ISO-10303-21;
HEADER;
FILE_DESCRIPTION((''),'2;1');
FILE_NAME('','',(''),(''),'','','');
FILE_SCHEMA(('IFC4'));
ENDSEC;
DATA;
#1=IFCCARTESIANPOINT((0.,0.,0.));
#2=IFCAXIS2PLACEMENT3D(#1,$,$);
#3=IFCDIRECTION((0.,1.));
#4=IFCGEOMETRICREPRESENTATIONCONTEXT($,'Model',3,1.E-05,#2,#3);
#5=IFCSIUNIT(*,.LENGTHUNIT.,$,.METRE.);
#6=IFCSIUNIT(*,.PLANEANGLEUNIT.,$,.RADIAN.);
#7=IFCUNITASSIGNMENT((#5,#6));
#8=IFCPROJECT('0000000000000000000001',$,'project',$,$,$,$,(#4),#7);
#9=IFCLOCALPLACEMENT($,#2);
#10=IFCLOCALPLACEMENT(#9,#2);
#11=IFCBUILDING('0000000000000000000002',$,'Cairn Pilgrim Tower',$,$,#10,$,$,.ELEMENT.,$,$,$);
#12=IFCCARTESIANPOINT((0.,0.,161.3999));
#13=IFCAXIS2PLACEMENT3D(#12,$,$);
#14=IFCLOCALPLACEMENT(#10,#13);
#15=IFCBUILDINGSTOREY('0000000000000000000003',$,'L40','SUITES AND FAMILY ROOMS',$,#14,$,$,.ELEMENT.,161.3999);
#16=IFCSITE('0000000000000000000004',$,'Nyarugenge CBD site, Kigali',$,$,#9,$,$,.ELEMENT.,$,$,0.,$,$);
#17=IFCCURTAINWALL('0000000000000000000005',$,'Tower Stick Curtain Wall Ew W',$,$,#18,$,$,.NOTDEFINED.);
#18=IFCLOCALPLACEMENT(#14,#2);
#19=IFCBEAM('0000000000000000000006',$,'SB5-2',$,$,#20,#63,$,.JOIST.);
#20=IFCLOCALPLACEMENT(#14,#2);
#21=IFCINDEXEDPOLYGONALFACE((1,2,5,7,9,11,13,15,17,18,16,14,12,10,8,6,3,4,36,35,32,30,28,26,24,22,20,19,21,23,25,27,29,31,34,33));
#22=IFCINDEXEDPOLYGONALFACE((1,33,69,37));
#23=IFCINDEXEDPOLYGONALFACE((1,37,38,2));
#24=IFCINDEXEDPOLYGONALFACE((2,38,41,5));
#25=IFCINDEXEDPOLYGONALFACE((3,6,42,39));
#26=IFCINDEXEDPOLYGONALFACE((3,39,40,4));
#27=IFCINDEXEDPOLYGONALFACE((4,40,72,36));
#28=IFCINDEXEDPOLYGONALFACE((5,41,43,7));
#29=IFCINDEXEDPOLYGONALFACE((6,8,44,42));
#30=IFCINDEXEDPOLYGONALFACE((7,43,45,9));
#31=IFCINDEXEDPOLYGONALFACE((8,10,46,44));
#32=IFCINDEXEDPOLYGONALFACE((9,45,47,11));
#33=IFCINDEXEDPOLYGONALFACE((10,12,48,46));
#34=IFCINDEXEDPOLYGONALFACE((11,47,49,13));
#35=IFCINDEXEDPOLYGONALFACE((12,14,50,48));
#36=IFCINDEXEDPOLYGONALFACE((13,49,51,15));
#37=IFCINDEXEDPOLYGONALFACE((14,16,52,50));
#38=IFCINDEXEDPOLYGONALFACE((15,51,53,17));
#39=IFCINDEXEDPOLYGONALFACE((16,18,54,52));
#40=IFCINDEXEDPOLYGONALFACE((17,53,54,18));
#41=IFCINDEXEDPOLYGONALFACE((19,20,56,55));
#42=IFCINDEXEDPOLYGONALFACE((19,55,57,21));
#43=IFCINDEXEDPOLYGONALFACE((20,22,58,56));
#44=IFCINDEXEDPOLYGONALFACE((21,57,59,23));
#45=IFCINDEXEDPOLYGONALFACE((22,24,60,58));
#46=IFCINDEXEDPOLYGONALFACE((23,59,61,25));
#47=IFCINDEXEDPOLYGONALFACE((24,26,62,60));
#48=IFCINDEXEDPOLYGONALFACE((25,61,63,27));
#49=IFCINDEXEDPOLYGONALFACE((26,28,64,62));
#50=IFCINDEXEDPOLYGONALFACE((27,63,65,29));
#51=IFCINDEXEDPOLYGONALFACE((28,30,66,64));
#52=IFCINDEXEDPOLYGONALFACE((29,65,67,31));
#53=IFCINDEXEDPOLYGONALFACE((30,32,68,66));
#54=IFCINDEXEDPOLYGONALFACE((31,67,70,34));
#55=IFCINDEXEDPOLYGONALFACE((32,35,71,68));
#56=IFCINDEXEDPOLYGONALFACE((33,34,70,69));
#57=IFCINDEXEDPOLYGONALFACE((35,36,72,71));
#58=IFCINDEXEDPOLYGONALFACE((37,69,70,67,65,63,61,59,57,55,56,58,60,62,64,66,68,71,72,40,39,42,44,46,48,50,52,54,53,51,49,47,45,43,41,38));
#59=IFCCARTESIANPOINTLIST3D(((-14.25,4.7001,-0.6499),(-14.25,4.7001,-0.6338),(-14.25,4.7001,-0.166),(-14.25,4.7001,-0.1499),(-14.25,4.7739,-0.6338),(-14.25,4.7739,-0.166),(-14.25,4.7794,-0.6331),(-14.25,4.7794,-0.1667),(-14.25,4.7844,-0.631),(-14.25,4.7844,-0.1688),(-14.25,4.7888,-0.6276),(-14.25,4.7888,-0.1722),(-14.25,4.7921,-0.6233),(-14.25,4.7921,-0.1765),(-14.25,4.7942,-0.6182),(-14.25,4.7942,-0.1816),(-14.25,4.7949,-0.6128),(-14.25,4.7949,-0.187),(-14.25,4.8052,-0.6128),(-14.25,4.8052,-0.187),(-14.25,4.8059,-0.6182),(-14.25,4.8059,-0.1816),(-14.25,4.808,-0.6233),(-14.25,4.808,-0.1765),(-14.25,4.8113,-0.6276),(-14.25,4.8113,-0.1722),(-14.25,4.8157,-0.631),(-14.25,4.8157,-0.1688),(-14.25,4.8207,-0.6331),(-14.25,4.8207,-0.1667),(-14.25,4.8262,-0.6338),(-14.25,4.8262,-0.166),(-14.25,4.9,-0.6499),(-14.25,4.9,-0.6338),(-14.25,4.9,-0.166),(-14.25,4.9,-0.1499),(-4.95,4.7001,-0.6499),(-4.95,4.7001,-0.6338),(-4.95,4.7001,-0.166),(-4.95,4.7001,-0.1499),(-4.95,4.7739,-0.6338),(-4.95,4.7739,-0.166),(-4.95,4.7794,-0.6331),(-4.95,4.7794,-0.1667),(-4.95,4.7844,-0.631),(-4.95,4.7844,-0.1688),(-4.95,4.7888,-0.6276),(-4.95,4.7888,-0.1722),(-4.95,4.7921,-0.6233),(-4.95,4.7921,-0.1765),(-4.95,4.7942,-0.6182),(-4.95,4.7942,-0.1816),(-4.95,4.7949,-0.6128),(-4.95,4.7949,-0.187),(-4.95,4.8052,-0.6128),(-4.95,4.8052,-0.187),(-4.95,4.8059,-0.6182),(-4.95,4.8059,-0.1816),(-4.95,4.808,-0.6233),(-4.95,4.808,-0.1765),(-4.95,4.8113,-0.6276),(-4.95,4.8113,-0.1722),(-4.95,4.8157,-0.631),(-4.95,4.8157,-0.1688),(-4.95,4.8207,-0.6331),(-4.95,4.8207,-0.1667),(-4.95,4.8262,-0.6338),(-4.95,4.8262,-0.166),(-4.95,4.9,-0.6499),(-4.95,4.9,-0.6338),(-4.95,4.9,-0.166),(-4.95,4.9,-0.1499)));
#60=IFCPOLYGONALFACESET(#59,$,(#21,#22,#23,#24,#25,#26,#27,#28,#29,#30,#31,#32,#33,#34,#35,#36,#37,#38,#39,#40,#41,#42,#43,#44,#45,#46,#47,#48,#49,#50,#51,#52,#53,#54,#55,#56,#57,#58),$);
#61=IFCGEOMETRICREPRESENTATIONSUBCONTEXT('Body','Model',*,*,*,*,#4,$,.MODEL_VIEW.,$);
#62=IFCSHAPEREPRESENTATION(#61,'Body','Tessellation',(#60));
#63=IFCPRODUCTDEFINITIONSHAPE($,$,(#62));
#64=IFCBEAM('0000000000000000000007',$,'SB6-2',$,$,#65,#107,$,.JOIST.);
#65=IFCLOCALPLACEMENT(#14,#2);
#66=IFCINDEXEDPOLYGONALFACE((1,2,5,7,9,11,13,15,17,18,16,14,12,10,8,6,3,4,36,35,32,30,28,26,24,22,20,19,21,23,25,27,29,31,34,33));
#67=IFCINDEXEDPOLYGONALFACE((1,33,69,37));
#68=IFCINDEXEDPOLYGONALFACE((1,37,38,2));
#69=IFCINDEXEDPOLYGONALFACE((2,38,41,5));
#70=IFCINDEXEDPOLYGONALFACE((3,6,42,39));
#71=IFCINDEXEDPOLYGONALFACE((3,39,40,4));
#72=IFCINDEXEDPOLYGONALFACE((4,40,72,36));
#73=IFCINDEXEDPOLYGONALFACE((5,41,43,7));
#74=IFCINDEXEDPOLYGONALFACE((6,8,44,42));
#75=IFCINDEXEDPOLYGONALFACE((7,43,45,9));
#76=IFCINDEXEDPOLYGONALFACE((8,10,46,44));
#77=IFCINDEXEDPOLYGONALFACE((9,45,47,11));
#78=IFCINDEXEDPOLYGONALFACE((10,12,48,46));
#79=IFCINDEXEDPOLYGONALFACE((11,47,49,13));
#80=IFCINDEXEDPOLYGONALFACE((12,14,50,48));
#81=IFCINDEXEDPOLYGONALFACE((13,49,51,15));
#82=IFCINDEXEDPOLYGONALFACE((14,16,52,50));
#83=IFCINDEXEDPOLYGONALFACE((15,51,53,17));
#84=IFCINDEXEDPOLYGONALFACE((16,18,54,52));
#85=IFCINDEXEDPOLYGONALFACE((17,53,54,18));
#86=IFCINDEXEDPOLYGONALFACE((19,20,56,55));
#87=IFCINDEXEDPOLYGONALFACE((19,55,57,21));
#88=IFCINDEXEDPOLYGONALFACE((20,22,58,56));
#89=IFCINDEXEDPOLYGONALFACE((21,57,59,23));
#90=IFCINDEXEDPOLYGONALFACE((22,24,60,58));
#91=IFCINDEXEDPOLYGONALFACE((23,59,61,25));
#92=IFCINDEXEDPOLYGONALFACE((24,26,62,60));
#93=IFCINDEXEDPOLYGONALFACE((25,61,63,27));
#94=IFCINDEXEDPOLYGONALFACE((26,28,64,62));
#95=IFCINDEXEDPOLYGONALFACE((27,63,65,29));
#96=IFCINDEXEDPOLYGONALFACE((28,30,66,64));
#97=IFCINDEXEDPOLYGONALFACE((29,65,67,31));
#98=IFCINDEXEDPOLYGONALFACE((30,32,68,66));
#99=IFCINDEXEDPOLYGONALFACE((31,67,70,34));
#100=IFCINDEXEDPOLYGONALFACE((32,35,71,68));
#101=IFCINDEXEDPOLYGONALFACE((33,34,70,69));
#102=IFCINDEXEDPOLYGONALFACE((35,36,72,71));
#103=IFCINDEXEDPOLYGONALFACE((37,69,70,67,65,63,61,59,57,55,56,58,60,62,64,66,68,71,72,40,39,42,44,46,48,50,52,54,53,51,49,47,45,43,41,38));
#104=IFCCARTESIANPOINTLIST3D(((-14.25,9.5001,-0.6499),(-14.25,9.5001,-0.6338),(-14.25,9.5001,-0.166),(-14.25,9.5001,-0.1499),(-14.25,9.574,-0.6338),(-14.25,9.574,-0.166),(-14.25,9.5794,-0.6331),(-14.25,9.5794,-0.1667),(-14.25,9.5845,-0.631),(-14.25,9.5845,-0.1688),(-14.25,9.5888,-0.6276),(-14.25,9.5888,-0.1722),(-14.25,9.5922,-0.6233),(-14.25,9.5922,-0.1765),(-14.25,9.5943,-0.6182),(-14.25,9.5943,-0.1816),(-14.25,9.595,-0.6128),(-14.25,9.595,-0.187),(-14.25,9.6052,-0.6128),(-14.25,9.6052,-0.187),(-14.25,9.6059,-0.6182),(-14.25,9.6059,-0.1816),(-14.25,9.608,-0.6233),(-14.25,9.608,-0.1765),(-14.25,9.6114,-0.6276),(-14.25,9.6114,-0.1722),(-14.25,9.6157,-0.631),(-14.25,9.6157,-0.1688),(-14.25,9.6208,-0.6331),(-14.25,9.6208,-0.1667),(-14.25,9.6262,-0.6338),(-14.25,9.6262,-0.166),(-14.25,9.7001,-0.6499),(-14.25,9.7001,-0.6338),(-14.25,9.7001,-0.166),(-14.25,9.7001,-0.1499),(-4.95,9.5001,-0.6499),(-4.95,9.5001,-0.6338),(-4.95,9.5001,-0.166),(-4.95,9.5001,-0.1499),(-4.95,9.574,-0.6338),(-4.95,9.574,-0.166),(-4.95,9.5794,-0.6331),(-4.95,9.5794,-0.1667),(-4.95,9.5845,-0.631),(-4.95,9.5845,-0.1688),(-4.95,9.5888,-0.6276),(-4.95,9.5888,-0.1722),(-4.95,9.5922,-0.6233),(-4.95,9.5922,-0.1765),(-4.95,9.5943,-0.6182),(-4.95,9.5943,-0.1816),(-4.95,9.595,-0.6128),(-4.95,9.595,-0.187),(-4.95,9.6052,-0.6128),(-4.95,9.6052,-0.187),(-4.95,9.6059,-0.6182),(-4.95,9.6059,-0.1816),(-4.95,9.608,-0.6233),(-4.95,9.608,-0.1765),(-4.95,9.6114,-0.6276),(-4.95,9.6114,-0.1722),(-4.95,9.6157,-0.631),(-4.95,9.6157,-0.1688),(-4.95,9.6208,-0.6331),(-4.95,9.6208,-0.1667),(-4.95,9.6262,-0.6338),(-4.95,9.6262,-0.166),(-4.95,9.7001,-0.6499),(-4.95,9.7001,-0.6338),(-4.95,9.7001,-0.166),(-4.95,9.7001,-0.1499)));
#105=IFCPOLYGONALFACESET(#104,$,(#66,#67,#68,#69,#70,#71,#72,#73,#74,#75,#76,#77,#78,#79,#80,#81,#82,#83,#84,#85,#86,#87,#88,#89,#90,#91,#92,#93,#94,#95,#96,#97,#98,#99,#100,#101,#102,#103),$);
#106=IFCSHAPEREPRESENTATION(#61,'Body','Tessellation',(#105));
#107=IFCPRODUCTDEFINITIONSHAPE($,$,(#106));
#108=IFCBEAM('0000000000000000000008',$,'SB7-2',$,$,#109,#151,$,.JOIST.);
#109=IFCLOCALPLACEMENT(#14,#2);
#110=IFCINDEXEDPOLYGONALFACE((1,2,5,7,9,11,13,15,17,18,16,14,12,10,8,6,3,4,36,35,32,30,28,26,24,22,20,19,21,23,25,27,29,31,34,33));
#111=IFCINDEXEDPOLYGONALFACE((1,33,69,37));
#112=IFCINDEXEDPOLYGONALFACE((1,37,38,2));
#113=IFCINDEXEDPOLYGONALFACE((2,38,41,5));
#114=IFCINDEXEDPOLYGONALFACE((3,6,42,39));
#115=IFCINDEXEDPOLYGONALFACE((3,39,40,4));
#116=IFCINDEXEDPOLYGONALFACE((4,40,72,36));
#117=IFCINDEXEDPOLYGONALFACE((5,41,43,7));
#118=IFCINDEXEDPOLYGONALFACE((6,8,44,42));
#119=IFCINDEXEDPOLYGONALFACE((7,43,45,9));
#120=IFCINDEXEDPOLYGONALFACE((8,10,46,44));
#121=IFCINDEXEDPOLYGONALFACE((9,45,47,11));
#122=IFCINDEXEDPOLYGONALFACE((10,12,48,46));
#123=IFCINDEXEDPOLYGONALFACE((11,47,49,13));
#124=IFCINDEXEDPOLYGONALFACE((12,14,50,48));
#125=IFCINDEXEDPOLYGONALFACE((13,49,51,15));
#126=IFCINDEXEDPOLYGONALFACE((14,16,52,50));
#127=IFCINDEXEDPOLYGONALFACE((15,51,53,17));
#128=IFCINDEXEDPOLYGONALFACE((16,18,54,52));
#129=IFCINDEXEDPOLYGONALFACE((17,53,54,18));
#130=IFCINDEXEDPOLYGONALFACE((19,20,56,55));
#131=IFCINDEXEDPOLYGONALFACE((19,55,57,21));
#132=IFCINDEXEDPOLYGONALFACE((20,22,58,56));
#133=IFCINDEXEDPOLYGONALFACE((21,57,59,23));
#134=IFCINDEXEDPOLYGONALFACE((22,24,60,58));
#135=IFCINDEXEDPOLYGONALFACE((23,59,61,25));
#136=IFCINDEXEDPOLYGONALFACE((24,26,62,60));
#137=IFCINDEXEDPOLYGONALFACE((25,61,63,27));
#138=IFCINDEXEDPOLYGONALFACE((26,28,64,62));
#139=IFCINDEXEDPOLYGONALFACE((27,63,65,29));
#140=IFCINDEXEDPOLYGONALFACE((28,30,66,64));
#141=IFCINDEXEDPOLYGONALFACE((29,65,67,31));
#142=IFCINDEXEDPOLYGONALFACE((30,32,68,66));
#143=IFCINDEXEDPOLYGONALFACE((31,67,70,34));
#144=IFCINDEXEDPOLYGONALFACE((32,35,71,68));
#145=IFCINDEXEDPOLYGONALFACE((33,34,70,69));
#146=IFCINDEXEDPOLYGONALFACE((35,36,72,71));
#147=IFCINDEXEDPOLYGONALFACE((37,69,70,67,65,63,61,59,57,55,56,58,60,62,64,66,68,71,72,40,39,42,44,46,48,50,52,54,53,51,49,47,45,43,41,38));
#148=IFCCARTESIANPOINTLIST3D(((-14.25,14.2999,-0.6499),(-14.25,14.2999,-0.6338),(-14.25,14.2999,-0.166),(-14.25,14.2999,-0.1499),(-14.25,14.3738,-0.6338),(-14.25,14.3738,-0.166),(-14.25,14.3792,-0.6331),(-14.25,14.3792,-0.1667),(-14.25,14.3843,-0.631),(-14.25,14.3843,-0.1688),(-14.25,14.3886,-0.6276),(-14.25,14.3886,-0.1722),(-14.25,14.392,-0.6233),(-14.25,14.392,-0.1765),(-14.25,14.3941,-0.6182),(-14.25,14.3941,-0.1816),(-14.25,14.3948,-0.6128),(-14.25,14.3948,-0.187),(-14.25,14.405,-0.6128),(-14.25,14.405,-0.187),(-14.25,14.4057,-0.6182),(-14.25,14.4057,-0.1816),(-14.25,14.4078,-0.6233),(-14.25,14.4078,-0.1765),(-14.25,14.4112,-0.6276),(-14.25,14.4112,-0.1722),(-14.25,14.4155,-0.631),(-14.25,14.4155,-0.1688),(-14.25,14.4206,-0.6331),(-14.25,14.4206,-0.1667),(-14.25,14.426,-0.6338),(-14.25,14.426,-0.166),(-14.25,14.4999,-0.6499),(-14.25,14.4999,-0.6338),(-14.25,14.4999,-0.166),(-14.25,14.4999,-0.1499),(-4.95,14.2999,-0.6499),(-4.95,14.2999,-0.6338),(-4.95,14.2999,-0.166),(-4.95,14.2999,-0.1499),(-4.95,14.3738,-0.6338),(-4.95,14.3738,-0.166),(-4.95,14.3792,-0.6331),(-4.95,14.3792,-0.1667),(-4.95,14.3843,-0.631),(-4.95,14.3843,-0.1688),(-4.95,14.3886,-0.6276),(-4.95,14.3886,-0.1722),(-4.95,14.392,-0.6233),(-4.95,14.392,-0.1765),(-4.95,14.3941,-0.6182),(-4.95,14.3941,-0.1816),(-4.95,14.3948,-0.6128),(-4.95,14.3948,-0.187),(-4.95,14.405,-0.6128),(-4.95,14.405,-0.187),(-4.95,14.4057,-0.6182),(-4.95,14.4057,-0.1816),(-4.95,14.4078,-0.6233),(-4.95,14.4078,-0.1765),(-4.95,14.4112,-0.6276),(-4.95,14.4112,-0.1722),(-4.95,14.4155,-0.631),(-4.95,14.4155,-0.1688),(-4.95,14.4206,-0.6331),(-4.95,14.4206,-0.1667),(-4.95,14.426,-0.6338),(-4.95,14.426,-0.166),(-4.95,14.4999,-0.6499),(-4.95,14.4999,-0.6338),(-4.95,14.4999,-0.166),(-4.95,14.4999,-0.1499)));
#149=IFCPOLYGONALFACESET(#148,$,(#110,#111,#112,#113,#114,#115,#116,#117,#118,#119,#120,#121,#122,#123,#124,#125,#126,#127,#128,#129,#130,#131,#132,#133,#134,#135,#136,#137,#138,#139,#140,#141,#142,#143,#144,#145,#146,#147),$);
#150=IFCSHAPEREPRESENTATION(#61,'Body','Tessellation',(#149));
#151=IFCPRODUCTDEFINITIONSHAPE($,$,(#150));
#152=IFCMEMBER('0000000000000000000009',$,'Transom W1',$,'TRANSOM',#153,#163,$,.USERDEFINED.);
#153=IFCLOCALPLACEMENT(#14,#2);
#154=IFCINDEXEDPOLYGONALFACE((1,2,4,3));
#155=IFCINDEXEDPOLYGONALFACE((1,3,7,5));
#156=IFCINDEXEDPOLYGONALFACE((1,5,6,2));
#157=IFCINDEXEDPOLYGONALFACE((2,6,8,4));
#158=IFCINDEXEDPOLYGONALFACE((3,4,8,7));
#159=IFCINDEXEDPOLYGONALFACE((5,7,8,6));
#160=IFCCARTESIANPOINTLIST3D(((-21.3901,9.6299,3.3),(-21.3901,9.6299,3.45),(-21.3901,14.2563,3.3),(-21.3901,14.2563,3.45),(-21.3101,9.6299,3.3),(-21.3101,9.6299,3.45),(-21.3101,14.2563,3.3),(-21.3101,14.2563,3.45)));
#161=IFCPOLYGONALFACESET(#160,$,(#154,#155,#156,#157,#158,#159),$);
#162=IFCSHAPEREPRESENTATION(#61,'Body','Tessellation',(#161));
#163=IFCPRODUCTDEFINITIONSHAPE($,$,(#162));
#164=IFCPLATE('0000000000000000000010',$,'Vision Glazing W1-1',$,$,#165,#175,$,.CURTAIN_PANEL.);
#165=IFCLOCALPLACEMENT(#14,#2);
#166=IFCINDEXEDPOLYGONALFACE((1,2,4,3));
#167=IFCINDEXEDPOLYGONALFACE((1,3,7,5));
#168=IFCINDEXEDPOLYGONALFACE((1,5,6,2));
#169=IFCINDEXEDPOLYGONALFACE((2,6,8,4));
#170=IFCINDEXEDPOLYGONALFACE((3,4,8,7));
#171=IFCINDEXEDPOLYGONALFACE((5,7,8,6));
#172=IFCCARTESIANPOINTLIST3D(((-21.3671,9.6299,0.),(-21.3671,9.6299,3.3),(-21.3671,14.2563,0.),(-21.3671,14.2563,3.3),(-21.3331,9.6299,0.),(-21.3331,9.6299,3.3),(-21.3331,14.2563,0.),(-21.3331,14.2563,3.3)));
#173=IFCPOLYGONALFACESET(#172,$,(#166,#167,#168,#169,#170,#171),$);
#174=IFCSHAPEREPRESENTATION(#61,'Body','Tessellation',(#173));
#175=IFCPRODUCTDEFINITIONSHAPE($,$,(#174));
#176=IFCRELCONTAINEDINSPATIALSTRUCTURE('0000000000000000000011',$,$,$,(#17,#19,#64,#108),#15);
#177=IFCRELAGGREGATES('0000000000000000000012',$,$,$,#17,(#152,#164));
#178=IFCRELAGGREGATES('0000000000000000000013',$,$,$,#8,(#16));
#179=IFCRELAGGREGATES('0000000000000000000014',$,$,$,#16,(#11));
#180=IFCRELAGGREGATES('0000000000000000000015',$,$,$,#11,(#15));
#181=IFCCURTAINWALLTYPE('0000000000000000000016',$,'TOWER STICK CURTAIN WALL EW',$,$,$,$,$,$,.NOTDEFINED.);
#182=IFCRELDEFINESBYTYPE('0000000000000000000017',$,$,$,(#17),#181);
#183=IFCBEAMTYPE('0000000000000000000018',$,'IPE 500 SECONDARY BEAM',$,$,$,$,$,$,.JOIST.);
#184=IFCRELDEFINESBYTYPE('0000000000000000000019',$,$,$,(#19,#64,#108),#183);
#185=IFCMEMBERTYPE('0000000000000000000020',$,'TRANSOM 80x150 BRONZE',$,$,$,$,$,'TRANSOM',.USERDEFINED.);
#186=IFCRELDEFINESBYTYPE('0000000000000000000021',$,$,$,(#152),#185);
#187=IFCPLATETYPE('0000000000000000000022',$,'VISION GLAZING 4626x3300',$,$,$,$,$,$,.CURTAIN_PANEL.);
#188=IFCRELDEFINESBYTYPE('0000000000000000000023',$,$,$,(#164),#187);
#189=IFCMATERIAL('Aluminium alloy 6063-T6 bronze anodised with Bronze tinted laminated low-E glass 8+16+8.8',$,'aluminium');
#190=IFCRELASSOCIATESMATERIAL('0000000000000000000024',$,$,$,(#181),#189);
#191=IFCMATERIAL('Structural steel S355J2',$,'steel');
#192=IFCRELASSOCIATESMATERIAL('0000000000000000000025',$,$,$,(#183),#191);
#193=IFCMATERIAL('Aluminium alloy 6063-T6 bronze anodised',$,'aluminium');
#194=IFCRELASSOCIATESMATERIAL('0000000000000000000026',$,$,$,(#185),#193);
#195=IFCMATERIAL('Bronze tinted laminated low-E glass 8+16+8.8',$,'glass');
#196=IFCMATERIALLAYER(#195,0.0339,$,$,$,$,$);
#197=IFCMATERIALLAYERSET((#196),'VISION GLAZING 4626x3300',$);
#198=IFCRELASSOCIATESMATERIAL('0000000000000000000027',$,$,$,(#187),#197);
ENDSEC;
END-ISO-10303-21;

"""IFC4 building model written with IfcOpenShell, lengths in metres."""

from ifc_helpers import new_model, si_unit, direction, frame, origin, origin_2d, place, context, subcontext, project, spatial, rectangle, i_section, extrude, material, layer, layer_set, material_profile, profile_set, type_object, element, aggregate, save


model = new_model("IFC4")

# Units and contexts
model_context = context("Model", 3, precision=1e-05, world=origin(), true_north=direction((0.0, 1.0)))
body_context = subcontext(model_context, "Body", "Model", "MODEL_VIEW")
ifc_project = project(units=[si_unit("LENGTHUNIT", "METRE"), si_unit("PLANEANGLEUNIT", "RADIAN")], contexts=[model_context])

# Site, building, storey
site_placement = place(None, origin())
site = spatial("IfcSite", under=ifc_project, at=site_placement, Name="Nyarugenge CBD site, Kigali", CompositionType="ELEMENT", RefElevation=0.0)
building_placement = place(site_placement, origin())
building = spatial("IfcBuilding", under=site, at=building_placement, Name="Cairn Pilgrim Tower", CompositionType="ELEMENT")
storey_placement = place(building_placement, frame((0.0, 0.0, 161.3999)))
storey = spatial("IfcBuildingStorey", under=building, at=storey_placement, Name="L40", Description="SUITES AND FAMILY ROOMS", CompositionType="ELEMENT", Elevation=161.3999)

# Shared definitions
ifc_material_1 = material(Name="Structural steel S355J2", Category="steel")

# Curtain wall
ifc_material_2 = material(Name="Aluminium alloy 6063-T6 bronze anodised with Bronze tinted laminated low-E glass 8+16+8.8", Category="aluminium")
curtain_wall_type = type_object("IfcCurtainWallType", Name="TOWER STICK CURTAIN WALL EW", PredefinedType="NOTDEFINED", material=ifc_material_2)
curtain_wall_placement = place(storey_placement, origin())
curtain_wall = element("IfcCurtainWall", 1, at=curtain_wall_placement, inside=storey, type_object=curtain_wall_type, Name="Tower Stick Curtain Wall Ew W", PredefinedType="NOTDEFINED")
ifc_material_3 = material(Name="Aluminium alloy 6063-T6 bronze anodised", Category="aluminium")

# Beams
ifc_material_profile_1 = material_profile(ifc_material_1, i_section(OverallWidth=0.2, OverallDepth=0.5, WebThickness=0.0103, FlangeThickness=0.0161, FilletRadius=0.021, at=origin_2d()), Name="IPE 500")
ifc_profile_set_1 = profile_set([ifc_material_profile_1], Name="Structural steel S355J2")
beam_type_1 = type_object("IfcBeamType", Name="IPE 500 SECONDARY BEAM", PredefinedType="JOIST", material=ifc_profile_set_1)
for number, where, z_axis, x_axis, name in (
    (2, (-14.25, 4.8, -0.3999), (1.0, 0.0, 0.0), (0.0, 1.0, 0.0), "SB5-2"),
    (3, (-14.25, 9.6001, -0.3999), (1.0, 0.0, 0.0), (0.0, 1.0, 0.0), "SB6-2"),
    (4, (-14.25, 14.3999, -0.3999), (1.0, 0.0, 0.0), (0.0, 1.0, 0.0), "SB7-2"),
):
    element("IfcBeam", number, at=place(storey_placement, frame(where, z_axis=z_axis, x_axis=x_axis)), inside=storey, type_object=beam_type_1, Name=name, PredefinedType="JOIST", context=body_context, shape_type="SweptSolid", body=[
        extrude(i_section(OverallWidth=0.2, OverallDepth=0.5, WebThickness=0.0103, FlangeThickness=0.0161, FilletRadius=0.021, at=origin_2d()), origin(), (0.0, 0.0, 1.0), 9.3),
    ])

# Member
ifc_material_profile_2 = material_profile(ifc_material_3, rectangle(XDim=0.0801, YDim=0.1499, at=origin_2d()), Name="TRANSOM 80x150 BRONZE")
ifc_profile_set_2 = profile_set([ifc_material_profile_2], Name="Aluminium alloy 6063-T6 bronze anodised")
member_type_1 = type_object("IfcMemberType", Name="TRANSOM 80x150 BRONZE", ElementType="TRANSOM", PredefinedType="USERDEFINED", material=ifc_profile_set_2)
member_1_placement = place(storey_placement, frame((-21.3501, 14.2563, 3.375), z_axis=(0.0, -1.0, 0.0), x_axis=(1.0, 0.0, 0.0)))
member_1 = element("IfcMember", 5, at=member_1_placement, type_object=member_type_1, Name="Transom W1", ObjectType="TRANSOM", PredefinedType="USERDEFINED", context=body_context, shape_type="SweptSolid", body=[
    extrude(rectangle(XDim=0.0801, YDim=0.1499, at=origin_2d()), origin(), (0.0, 0.0, 1.0), 4.6265),
])

# Plate
ifc_material_4 = material(Name="Bronze tinted laminated low-E glass 8+16+8.8", Category="glass")
ifc_layer_1 = layer(ifc_material_4, 0.0339)
ifc_layer_set_1 = layer_set([ifc_layer_1], Name="VISION GLAZING 4626x3300")
plate_type = type_object("IfcPlateType", Name="VISION GLAZING 4626x3300", PredefinedType="CURTAIN_PANEL", material=ifc_layer_set_1)
plate_placement = place(storey_placement, frame((-21.3501, 11.9431, 0.0), z_axis=(0.0, 0.0, 1.0), x_axis=(0.0, -1.0, 0.0)))
plate = element("IfcPlate", 6, at=plate_placement, type_object=plate_type, Name="Vision Glazing W1-1", PredefinedType="CURTAIN_PANEL", context=body_context, shape_type="SweptSolid", body=[
    extrude(rectangle(XDim=4.6265, YDim=0.0339, at=origin_2d()), origin(), (0.0, 0.0, 1.0), 3.3),
])
aggregate(curtain_wall, [member_1, plate])

save(model, "model.ifc")
